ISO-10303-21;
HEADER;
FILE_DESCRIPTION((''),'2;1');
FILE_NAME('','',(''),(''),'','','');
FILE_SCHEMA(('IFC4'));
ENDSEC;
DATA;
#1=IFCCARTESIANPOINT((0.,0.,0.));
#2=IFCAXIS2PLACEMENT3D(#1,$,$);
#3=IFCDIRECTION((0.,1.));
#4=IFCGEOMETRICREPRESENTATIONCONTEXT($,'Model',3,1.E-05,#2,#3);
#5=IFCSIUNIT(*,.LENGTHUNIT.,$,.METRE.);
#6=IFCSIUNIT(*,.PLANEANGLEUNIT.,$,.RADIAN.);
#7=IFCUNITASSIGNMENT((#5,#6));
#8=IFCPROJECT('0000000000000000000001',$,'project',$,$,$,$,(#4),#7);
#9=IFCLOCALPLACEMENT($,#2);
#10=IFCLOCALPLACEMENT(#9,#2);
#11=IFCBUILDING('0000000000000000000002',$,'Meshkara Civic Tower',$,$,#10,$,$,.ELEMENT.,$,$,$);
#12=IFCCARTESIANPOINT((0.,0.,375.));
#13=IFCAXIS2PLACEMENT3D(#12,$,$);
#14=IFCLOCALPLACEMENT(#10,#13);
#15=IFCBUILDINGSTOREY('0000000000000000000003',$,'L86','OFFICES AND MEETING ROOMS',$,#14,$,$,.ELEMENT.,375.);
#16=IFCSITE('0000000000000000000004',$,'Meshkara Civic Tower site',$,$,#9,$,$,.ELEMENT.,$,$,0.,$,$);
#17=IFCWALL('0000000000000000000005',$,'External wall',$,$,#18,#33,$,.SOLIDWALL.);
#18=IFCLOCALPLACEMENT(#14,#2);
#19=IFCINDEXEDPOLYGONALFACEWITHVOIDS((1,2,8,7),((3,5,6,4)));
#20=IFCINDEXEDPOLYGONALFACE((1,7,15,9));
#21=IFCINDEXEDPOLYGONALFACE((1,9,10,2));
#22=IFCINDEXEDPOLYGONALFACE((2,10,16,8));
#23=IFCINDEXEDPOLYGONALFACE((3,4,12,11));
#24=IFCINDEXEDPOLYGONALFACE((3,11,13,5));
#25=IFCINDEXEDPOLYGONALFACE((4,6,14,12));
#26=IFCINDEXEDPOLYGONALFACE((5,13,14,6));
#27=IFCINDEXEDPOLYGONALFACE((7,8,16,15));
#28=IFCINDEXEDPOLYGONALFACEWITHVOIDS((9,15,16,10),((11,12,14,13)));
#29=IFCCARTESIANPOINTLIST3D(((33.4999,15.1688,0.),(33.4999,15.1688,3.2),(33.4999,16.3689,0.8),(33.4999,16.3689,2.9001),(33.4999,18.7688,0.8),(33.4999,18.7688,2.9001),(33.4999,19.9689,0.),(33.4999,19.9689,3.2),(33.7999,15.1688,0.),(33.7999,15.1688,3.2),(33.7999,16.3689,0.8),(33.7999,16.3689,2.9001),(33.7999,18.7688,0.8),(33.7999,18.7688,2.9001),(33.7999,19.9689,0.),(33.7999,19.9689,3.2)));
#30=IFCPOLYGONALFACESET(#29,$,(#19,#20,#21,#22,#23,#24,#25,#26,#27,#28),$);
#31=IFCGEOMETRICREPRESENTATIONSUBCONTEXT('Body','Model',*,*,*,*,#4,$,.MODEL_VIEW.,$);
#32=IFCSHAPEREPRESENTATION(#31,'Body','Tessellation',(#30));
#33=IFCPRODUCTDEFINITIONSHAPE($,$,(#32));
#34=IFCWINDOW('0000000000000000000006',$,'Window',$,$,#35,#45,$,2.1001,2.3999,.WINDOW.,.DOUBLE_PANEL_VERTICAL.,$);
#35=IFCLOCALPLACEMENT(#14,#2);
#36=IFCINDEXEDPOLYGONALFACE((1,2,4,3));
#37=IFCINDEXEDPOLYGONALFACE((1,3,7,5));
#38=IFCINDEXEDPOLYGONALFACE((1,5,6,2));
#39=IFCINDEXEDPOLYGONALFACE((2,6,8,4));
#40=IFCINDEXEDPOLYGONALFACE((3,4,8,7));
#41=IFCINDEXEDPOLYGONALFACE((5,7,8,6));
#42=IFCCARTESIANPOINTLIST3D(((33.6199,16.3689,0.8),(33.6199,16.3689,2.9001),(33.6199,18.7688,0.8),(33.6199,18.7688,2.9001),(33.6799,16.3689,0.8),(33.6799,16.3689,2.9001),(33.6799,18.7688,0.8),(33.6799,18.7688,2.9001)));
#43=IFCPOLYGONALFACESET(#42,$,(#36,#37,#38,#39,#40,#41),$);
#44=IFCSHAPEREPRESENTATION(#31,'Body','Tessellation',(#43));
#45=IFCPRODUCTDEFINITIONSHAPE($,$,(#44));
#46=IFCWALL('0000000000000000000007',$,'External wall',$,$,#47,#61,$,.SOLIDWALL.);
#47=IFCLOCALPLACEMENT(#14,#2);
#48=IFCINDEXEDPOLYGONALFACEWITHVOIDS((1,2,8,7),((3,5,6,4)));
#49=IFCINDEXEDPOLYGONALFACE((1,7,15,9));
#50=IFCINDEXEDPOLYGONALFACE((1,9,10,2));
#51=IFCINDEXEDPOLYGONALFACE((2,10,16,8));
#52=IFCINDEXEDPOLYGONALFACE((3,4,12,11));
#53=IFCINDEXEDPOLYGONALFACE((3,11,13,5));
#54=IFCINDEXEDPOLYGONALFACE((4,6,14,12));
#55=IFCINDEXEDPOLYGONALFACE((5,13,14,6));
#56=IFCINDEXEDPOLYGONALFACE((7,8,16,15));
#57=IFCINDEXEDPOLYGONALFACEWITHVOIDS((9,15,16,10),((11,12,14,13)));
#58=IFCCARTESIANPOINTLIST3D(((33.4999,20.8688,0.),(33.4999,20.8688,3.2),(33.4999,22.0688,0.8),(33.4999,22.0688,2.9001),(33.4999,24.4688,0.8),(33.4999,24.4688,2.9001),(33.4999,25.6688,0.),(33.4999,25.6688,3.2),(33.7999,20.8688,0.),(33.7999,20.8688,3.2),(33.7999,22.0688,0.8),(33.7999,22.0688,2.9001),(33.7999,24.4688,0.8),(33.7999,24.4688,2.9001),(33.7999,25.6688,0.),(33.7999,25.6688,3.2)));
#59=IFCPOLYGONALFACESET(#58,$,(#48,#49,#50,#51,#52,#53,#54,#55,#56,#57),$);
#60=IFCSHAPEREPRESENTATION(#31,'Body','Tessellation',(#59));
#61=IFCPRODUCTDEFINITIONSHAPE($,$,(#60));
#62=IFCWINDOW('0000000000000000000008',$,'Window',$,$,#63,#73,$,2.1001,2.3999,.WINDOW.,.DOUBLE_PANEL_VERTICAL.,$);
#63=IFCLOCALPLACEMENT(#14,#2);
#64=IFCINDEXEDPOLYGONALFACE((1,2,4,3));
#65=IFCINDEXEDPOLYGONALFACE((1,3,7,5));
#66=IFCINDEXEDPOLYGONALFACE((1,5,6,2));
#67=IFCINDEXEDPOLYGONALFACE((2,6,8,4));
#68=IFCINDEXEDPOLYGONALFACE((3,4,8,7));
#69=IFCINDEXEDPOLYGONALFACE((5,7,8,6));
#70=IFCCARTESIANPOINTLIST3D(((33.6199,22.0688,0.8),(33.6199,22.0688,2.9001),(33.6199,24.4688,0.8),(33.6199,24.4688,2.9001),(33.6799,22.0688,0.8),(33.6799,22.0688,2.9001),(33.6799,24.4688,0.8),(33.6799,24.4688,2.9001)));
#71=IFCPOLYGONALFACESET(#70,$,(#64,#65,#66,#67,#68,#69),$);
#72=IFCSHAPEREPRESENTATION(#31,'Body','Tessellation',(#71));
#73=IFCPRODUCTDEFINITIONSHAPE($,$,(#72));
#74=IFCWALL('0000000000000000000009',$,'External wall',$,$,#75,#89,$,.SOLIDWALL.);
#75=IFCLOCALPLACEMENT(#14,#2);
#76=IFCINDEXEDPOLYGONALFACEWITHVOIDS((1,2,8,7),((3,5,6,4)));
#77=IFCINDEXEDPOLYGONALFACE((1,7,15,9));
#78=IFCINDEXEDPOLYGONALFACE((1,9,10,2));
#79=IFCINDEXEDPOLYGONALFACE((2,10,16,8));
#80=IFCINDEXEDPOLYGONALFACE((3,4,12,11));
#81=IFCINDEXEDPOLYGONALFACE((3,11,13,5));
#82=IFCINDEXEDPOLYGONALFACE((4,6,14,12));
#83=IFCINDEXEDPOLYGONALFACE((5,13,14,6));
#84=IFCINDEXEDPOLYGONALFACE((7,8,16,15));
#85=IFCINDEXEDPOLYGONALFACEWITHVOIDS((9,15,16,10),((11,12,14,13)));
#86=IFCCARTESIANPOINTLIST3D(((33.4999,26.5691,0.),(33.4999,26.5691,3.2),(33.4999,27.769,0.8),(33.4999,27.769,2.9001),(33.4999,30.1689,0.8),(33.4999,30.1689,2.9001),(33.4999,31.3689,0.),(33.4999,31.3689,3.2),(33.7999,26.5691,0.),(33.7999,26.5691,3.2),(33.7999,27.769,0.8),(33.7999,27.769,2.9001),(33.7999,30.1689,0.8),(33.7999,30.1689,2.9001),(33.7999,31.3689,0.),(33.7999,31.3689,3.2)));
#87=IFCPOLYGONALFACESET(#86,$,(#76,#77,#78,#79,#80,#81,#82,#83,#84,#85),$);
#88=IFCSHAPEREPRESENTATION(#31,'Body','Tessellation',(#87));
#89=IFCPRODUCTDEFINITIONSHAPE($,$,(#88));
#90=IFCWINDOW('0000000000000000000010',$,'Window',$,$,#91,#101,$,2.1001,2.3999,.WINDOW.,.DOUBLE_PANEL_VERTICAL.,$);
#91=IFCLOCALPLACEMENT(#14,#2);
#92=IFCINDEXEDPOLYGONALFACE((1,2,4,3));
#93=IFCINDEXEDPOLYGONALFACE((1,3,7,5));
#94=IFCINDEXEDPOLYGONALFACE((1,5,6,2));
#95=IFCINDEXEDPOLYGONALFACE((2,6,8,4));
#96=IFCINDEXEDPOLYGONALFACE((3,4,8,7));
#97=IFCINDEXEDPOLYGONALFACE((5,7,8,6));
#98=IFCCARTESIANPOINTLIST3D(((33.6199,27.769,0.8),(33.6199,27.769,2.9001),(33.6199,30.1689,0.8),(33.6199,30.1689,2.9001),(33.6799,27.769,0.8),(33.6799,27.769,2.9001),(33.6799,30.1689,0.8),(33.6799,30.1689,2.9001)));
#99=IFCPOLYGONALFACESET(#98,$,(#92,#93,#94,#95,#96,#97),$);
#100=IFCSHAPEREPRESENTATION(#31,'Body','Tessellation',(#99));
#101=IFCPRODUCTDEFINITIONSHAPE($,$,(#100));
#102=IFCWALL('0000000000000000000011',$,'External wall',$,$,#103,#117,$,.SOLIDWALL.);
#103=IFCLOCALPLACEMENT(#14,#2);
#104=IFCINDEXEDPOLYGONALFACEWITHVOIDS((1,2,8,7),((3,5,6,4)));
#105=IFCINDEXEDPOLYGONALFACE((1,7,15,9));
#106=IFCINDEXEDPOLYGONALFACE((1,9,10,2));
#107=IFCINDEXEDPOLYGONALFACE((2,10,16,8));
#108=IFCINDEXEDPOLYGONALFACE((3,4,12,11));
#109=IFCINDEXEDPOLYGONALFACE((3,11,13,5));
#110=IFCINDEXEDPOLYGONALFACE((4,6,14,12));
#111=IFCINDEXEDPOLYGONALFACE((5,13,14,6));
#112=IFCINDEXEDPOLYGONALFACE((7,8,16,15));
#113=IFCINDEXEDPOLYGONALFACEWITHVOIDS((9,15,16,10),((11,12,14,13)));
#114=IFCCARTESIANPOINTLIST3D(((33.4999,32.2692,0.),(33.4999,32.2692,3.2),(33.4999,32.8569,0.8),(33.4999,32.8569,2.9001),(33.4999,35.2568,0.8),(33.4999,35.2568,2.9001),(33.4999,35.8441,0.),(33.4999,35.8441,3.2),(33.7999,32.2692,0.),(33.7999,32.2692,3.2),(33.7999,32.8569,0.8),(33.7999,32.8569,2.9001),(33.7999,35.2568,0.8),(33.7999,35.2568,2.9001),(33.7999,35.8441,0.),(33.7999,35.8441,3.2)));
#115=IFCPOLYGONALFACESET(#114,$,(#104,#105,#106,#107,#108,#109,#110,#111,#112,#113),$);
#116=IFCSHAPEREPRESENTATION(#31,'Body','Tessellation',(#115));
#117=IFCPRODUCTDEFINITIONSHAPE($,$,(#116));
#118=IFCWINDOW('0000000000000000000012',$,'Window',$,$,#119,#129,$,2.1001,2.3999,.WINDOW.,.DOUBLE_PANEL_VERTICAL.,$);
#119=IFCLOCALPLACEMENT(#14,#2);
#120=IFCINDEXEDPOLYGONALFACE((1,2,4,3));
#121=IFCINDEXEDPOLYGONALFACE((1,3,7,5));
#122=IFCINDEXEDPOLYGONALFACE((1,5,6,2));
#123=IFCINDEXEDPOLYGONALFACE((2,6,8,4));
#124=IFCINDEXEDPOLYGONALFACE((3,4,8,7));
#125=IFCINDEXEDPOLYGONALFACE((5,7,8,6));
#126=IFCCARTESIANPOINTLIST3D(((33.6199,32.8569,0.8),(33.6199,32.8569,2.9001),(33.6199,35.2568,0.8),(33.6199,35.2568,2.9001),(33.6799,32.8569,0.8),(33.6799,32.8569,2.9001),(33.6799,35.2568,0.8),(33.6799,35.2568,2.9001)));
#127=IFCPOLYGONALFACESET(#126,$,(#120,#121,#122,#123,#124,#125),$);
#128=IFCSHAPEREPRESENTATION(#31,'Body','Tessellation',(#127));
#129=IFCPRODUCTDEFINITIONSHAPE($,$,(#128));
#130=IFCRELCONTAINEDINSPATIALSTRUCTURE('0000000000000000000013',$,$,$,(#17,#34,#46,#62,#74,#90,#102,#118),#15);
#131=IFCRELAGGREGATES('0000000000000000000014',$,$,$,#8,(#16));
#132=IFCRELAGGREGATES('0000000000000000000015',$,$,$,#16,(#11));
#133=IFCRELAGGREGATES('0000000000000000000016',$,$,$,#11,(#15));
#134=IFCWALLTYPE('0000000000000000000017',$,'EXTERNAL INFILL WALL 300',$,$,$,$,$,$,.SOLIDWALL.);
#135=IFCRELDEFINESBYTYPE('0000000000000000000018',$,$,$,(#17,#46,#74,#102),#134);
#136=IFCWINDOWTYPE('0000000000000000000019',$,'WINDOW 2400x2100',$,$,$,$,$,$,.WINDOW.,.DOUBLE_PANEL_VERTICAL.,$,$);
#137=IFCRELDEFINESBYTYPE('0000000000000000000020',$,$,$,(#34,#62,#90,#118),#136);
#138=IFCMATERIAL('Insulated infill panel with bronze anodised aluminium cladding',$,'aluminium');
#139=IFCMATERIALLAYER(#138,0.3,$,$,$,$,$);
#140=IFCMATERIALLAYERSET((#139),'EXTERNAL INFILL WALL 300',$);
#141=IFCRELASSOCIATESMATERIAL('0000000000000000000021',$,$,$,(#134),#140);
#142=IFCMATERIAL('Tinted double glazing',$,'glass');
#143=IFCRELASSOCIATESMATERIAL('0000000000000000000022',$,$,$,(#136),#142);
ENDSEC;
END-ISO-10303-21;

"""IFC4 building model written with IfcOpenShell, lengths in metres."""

from ifc_helpers import new_model, si_unit, direction, frame, frame_2d, origin, place, context, subcontext, project, spatial, rectangle, extrude, material, layer, layer_set, type_object, element, fill, save


model = new_model("IFC4")

# Units and contexts
model_context = context("Model", 3, precision=1e-05, world=origin(), true_north=direction((0.0, 1.0)))
body_context = subcontext(model_context, "Body", "Model", "MODEL_VIEW")
ifc_project = project(units=[si_unit("LENGTHUNIT", "METRE"), si_unit("PLANEANGLEUNIT", "RADIAN")], contexts=[model_context])

# Site, building, storey
site_placement = place(None, origin())
site = spatial("IfcSite", under=ifc_project, at=site_placement, Name="Meshkara Civic Tower site", CompositionType="ELEMENT", RefElevation=0.0)
building_placement = place(site_placement, origin())
building = spatial("IfcBuilding", under=site, at=building_placement, Name="Meshkara Civic Tower", CompositionType="ELEMENT")
storey_placement = place(building_placement, frame((0.0, 0.0, 375.0)))
storey = spatial("IfcBuildingStorey", under=building, at=storey_placement, Name="L86", Description="OFFICES AND MEETING ROOMS", CompositionType="ELEMENT", Elevation=375.0)

# Walls, openings, windows
ifc_material_1 = material(Name="Insulated infill panel with bronze anodised aluminium cladding", Category="aluminium")
ifc_layer_1 = layer(ifc_material_1, 0.3)
ifc_layer_set_1 = layer_set([ifc_layer_1], Name="EXTERNAL INFILL WALL 300")
wall_type_1 = type_object("IfcWallType", Name="EXTERNAL INFILL WALL 300", PredefinedType="SOLIDWALL", material=ifc_layer_set_1)
ifc_material_2 = material(Name="Tinted double glazing", Category="glass")
window_type = type_object("IfcWindowType", Name="WINDOW 2400x2100", PartitioningType="DOUBLE_PANEL_VERTICAL", PredefinedType="WINDOW", material=ifc_material_2)
wall_1_placement = place(storey_placement, frame((33.6499, 15.1689, 0.0), z_axis=(0.0, 0.0, 1.0), x_axis=(0.0, 1.0, 0.0)))
wall_1 = element("IfcWall", 1, at=wall_1_placement, inside=storey, type_object=wall_type_1, Name="External wall", PredefinedType="SOLIDWALL", context=body_context, shape_type="SweptSolid", body=[
    extrude(rectangle(XDim=4.8, YDim=0.3, at=frame_2d((2.3999, 0.0))), origin(), (0.0, 0.0, 1.0), 3.2),
])
opening_1_placement = place(wall_1_placement, frame((1.2, 0.0, 0.8)))
opening_1 = element("IfcOpeningElement", 2, at=opening_1_placement, cuts=wall_1, PredefinedType="OPENING", context=body_context, shape_type="SweptSolid", body=[
    extrude(rectangle(XDim=2.3999, YDim=2.1001, at=frame_2d((1.2, 1.05))), frame((0.0, 0.1599, 0.0), z_axis=(0.0, -1.0, 0.0), x_axis=(1.0, 0.0, 0.0)), (0.0, 0.0, 1.0), 0.3201),
])
window_1_placement = place(opening_1_placement, origin())
window_1 = element("IfcWindow", 3, at=window_1_placement, inside=storey, type_object=window_type, Name="Window", OverallHeight=2.1001, OverallWidth=2.3999, PartitioningType="DOUBLE_PANEL_VERTICAL", PredefinedType="WINDOW", context=body_context, shape_type="SweptSolid", body=[
    extrude(rectangle(XDim=2.3999, YDim=2.1001, at=frame_2d((1.2, 1.05))), frame((0.0, 0.03, 0.0), z_axis=(0.0, -1.0, 0.0), x_axis=(1.0, 0.0, 0.0)), (0.0, 0.0, 1.0), 0.0601),
])
fill(opening_1, window_1)
wall_2_placement = place(storey_placement, frame((33.6499, 20.8689, 0.0), z_axis=(0.0, 0.0, 1.0), x_axis=(0.0, 1.0, 0.0)))
wall_2 = element("IfcWall", 4, at=wall_2_placement, inside=storey, type_object=wall_type_1, Name="External wall", PredefinedType="SOLIDWALL", context=body_context, shape_type="SweptSolid", body=[
    extrude(rectangle(XDim=4.8, YDim=0.3, at=frame_2d((2.3999, 0.0))), origin(), (0.0, 0.0, 1.0), 3.2),
])
opening_2_placement = place(wall_2_placement, frame((1.2, 0.0, 0.8)))
opening_2 = element("IfcOpeningElement", 5, at=opening_2_placement, cuts=wall_2, PredefinedType="OPENING", context=body_context, shape_type="SweptSolid", body=[
    extrude(rectangle(XDim=2.3999, YDim=2.1001, at=frame_2d((1.2, 1.05))), frame((0.0, 0.1599, 0.0), z_axis=(0.0, -1.0, 0.0), x_axis=(1.0, 0.0, 0.0)), (0.0, 0.0, 1.0), 0.3201),
])
window_2_placement = place(opening_2_placement, origin())
window_2 = element("IfcWindow", 6, at=window_2_placement, inside=storey, type_object=window_type, Name="Window", OverallHeight=2.1001, OverallWidth=2.3999, PartitioningType="DOUBLE_PANEL_VERTICAL", PredefinedType="WINDOW", context=body_context, shape_type="SweptSolid", body=[
    extrude(rectangle(XDim=2.3999, YDim=2.1001, at=frame_2d((1.2, 1.05))), frame((0.0, 0.03, 0.0), z_axis=(0.0, -1.0, 0.0), x_axis=(1.0, 0.0, 0.0)), (0.0, 0.0, 1.0), 0.0601),
])
fill(opening_2, window_2)
wall_3_placement = place(storey_placement, frame((33.6499, 26.5691, 0.0), z_axis=(0.0, 0.0, 1.0), x_axis=(0.0, 1.0, 0.0)))
wall_3 = element("IfcWall", 7, at=wall_3_placement, inside=storey, type_object=wall_type_1, Name="External wall", PredefinedType="SOLIDWALL", context=body_context, shape_type="SweptSolid", body=[
    extrude(rectangle(XDim=4.7998, YDim=0.3, at=frame_2d((2.3999, 0.0))), origin(), (0.0, 0.0, 1.0), 3.2),
])
opening_3_placement = place(wall_3_placement, frame((1.2, 0.0, 0.8)))
opening_3 = element("IfcOpeningElement", 8, at=opening_3_placement, cuts=wall_3, PredefinedType="OPENING", context=body_context, shape_type="SweptSolid", body=[
    extrude(rectangle(XDim=2.3999, YDim=2.1001, at=frame_2d((1.2, 1.05))), frame((0.0, 0.1599, 0.0), z_axis=(0.0, -1.0, 0.0), x_axis=(1.0, 0.0, 0.0)), (0.0, 0.0, 1.0), 0.3201),
])
window_3_placement = place(opening_3_placement, origin())
window_3 = element("IfcWindow", 9, at=window_3_placement, inside=storey, type_object=window_type, Name="Window", OverallHeight=2.1001, OverallWidth=2.3999, PartitioningType="DOUBLE_PANEL_VERTICAL", PredefinedType="WINDOW", context=body_context, shape_type="SweptSolid", body=[
    extrude(rectangle(XDim=2.3999, YDim=2.1001, at=frame_2d((1.2, 1.05))), frame((0.0, 0.03, 0.0), z_axis=(0.0, -1.0, 0.0), x_axis=(1.0, 0.0, 0.0)), (0.0, 0.0, 1.0), 0.0601),
])
fill(opening_3, window_3)
wall_4_placement = place(storey_placement, frame((33.6499, 32.269, 0.0), z_axis=(0.0, 0.0, 1.0), x_axis=(0.0, 1.0, 0.0)))
wall_4 = element("IfcWall", 10, at=wall_4_placement, inside=storey, type_object=wall_type_1, Name="External wall", PredefinedType="SOLIDWALL", context=body_context, shape_type="SweptSolid", body=[
    extrude(rectangle(XDim=3.575, YDim=0.3, at=frame_2d((1.7876, 0.0))), origin(), (0.0, 0.0, 1.0), 3.2),
])
opening_4_placement = place(wall_4_placement, frame((0.5879, 0.0, 0.8)))
opening_4 = element("IfcOpeningElement", 11, at=opening_4_placement, cuts=wall_4, PredefinedType="OPENING", context=body_context, shape_type="SweptSolid", body=[
    extrude(rectangle(XDim=2.3999, YDim=2.1001, at=frame_2d((1.2, 1.05))), frame((0.0, 0.1599, 0.0), z_axis=(0.0, -1.0, 0.0), x_axis=(1.0, 0.0, 0.0)), (0.0, 0.0, 1.0), 0.3201),
])
window_4_placement = place(opening_4_placement, origin())
window_4 = element("IfcWindow", 12, at=window_4_placement, inside=storey, type_object=window_type, Name="Window", OverallHeight=2.1001, OverallWidth=2.3999, PartitioningType="DOUBLE_PANEL_VERTICAL", PredefinedType="WINDOW", context=body_context, shape_type="SweptSolid", body=[
    extrude(rectangle(XDim=2.3999, YDim=2.1001, at=frame_2d((1.2, 1.05))), frame((0.0, 0.03, 0.0), z_axis=(0.0, -1.0, 0.0), x_axis=(1.0, 0.0, 0.0)), (0.0, 0.0, 1.0), 0.0601),
])
fill(opening_4, window_4)

save(model, "model.ifc")
